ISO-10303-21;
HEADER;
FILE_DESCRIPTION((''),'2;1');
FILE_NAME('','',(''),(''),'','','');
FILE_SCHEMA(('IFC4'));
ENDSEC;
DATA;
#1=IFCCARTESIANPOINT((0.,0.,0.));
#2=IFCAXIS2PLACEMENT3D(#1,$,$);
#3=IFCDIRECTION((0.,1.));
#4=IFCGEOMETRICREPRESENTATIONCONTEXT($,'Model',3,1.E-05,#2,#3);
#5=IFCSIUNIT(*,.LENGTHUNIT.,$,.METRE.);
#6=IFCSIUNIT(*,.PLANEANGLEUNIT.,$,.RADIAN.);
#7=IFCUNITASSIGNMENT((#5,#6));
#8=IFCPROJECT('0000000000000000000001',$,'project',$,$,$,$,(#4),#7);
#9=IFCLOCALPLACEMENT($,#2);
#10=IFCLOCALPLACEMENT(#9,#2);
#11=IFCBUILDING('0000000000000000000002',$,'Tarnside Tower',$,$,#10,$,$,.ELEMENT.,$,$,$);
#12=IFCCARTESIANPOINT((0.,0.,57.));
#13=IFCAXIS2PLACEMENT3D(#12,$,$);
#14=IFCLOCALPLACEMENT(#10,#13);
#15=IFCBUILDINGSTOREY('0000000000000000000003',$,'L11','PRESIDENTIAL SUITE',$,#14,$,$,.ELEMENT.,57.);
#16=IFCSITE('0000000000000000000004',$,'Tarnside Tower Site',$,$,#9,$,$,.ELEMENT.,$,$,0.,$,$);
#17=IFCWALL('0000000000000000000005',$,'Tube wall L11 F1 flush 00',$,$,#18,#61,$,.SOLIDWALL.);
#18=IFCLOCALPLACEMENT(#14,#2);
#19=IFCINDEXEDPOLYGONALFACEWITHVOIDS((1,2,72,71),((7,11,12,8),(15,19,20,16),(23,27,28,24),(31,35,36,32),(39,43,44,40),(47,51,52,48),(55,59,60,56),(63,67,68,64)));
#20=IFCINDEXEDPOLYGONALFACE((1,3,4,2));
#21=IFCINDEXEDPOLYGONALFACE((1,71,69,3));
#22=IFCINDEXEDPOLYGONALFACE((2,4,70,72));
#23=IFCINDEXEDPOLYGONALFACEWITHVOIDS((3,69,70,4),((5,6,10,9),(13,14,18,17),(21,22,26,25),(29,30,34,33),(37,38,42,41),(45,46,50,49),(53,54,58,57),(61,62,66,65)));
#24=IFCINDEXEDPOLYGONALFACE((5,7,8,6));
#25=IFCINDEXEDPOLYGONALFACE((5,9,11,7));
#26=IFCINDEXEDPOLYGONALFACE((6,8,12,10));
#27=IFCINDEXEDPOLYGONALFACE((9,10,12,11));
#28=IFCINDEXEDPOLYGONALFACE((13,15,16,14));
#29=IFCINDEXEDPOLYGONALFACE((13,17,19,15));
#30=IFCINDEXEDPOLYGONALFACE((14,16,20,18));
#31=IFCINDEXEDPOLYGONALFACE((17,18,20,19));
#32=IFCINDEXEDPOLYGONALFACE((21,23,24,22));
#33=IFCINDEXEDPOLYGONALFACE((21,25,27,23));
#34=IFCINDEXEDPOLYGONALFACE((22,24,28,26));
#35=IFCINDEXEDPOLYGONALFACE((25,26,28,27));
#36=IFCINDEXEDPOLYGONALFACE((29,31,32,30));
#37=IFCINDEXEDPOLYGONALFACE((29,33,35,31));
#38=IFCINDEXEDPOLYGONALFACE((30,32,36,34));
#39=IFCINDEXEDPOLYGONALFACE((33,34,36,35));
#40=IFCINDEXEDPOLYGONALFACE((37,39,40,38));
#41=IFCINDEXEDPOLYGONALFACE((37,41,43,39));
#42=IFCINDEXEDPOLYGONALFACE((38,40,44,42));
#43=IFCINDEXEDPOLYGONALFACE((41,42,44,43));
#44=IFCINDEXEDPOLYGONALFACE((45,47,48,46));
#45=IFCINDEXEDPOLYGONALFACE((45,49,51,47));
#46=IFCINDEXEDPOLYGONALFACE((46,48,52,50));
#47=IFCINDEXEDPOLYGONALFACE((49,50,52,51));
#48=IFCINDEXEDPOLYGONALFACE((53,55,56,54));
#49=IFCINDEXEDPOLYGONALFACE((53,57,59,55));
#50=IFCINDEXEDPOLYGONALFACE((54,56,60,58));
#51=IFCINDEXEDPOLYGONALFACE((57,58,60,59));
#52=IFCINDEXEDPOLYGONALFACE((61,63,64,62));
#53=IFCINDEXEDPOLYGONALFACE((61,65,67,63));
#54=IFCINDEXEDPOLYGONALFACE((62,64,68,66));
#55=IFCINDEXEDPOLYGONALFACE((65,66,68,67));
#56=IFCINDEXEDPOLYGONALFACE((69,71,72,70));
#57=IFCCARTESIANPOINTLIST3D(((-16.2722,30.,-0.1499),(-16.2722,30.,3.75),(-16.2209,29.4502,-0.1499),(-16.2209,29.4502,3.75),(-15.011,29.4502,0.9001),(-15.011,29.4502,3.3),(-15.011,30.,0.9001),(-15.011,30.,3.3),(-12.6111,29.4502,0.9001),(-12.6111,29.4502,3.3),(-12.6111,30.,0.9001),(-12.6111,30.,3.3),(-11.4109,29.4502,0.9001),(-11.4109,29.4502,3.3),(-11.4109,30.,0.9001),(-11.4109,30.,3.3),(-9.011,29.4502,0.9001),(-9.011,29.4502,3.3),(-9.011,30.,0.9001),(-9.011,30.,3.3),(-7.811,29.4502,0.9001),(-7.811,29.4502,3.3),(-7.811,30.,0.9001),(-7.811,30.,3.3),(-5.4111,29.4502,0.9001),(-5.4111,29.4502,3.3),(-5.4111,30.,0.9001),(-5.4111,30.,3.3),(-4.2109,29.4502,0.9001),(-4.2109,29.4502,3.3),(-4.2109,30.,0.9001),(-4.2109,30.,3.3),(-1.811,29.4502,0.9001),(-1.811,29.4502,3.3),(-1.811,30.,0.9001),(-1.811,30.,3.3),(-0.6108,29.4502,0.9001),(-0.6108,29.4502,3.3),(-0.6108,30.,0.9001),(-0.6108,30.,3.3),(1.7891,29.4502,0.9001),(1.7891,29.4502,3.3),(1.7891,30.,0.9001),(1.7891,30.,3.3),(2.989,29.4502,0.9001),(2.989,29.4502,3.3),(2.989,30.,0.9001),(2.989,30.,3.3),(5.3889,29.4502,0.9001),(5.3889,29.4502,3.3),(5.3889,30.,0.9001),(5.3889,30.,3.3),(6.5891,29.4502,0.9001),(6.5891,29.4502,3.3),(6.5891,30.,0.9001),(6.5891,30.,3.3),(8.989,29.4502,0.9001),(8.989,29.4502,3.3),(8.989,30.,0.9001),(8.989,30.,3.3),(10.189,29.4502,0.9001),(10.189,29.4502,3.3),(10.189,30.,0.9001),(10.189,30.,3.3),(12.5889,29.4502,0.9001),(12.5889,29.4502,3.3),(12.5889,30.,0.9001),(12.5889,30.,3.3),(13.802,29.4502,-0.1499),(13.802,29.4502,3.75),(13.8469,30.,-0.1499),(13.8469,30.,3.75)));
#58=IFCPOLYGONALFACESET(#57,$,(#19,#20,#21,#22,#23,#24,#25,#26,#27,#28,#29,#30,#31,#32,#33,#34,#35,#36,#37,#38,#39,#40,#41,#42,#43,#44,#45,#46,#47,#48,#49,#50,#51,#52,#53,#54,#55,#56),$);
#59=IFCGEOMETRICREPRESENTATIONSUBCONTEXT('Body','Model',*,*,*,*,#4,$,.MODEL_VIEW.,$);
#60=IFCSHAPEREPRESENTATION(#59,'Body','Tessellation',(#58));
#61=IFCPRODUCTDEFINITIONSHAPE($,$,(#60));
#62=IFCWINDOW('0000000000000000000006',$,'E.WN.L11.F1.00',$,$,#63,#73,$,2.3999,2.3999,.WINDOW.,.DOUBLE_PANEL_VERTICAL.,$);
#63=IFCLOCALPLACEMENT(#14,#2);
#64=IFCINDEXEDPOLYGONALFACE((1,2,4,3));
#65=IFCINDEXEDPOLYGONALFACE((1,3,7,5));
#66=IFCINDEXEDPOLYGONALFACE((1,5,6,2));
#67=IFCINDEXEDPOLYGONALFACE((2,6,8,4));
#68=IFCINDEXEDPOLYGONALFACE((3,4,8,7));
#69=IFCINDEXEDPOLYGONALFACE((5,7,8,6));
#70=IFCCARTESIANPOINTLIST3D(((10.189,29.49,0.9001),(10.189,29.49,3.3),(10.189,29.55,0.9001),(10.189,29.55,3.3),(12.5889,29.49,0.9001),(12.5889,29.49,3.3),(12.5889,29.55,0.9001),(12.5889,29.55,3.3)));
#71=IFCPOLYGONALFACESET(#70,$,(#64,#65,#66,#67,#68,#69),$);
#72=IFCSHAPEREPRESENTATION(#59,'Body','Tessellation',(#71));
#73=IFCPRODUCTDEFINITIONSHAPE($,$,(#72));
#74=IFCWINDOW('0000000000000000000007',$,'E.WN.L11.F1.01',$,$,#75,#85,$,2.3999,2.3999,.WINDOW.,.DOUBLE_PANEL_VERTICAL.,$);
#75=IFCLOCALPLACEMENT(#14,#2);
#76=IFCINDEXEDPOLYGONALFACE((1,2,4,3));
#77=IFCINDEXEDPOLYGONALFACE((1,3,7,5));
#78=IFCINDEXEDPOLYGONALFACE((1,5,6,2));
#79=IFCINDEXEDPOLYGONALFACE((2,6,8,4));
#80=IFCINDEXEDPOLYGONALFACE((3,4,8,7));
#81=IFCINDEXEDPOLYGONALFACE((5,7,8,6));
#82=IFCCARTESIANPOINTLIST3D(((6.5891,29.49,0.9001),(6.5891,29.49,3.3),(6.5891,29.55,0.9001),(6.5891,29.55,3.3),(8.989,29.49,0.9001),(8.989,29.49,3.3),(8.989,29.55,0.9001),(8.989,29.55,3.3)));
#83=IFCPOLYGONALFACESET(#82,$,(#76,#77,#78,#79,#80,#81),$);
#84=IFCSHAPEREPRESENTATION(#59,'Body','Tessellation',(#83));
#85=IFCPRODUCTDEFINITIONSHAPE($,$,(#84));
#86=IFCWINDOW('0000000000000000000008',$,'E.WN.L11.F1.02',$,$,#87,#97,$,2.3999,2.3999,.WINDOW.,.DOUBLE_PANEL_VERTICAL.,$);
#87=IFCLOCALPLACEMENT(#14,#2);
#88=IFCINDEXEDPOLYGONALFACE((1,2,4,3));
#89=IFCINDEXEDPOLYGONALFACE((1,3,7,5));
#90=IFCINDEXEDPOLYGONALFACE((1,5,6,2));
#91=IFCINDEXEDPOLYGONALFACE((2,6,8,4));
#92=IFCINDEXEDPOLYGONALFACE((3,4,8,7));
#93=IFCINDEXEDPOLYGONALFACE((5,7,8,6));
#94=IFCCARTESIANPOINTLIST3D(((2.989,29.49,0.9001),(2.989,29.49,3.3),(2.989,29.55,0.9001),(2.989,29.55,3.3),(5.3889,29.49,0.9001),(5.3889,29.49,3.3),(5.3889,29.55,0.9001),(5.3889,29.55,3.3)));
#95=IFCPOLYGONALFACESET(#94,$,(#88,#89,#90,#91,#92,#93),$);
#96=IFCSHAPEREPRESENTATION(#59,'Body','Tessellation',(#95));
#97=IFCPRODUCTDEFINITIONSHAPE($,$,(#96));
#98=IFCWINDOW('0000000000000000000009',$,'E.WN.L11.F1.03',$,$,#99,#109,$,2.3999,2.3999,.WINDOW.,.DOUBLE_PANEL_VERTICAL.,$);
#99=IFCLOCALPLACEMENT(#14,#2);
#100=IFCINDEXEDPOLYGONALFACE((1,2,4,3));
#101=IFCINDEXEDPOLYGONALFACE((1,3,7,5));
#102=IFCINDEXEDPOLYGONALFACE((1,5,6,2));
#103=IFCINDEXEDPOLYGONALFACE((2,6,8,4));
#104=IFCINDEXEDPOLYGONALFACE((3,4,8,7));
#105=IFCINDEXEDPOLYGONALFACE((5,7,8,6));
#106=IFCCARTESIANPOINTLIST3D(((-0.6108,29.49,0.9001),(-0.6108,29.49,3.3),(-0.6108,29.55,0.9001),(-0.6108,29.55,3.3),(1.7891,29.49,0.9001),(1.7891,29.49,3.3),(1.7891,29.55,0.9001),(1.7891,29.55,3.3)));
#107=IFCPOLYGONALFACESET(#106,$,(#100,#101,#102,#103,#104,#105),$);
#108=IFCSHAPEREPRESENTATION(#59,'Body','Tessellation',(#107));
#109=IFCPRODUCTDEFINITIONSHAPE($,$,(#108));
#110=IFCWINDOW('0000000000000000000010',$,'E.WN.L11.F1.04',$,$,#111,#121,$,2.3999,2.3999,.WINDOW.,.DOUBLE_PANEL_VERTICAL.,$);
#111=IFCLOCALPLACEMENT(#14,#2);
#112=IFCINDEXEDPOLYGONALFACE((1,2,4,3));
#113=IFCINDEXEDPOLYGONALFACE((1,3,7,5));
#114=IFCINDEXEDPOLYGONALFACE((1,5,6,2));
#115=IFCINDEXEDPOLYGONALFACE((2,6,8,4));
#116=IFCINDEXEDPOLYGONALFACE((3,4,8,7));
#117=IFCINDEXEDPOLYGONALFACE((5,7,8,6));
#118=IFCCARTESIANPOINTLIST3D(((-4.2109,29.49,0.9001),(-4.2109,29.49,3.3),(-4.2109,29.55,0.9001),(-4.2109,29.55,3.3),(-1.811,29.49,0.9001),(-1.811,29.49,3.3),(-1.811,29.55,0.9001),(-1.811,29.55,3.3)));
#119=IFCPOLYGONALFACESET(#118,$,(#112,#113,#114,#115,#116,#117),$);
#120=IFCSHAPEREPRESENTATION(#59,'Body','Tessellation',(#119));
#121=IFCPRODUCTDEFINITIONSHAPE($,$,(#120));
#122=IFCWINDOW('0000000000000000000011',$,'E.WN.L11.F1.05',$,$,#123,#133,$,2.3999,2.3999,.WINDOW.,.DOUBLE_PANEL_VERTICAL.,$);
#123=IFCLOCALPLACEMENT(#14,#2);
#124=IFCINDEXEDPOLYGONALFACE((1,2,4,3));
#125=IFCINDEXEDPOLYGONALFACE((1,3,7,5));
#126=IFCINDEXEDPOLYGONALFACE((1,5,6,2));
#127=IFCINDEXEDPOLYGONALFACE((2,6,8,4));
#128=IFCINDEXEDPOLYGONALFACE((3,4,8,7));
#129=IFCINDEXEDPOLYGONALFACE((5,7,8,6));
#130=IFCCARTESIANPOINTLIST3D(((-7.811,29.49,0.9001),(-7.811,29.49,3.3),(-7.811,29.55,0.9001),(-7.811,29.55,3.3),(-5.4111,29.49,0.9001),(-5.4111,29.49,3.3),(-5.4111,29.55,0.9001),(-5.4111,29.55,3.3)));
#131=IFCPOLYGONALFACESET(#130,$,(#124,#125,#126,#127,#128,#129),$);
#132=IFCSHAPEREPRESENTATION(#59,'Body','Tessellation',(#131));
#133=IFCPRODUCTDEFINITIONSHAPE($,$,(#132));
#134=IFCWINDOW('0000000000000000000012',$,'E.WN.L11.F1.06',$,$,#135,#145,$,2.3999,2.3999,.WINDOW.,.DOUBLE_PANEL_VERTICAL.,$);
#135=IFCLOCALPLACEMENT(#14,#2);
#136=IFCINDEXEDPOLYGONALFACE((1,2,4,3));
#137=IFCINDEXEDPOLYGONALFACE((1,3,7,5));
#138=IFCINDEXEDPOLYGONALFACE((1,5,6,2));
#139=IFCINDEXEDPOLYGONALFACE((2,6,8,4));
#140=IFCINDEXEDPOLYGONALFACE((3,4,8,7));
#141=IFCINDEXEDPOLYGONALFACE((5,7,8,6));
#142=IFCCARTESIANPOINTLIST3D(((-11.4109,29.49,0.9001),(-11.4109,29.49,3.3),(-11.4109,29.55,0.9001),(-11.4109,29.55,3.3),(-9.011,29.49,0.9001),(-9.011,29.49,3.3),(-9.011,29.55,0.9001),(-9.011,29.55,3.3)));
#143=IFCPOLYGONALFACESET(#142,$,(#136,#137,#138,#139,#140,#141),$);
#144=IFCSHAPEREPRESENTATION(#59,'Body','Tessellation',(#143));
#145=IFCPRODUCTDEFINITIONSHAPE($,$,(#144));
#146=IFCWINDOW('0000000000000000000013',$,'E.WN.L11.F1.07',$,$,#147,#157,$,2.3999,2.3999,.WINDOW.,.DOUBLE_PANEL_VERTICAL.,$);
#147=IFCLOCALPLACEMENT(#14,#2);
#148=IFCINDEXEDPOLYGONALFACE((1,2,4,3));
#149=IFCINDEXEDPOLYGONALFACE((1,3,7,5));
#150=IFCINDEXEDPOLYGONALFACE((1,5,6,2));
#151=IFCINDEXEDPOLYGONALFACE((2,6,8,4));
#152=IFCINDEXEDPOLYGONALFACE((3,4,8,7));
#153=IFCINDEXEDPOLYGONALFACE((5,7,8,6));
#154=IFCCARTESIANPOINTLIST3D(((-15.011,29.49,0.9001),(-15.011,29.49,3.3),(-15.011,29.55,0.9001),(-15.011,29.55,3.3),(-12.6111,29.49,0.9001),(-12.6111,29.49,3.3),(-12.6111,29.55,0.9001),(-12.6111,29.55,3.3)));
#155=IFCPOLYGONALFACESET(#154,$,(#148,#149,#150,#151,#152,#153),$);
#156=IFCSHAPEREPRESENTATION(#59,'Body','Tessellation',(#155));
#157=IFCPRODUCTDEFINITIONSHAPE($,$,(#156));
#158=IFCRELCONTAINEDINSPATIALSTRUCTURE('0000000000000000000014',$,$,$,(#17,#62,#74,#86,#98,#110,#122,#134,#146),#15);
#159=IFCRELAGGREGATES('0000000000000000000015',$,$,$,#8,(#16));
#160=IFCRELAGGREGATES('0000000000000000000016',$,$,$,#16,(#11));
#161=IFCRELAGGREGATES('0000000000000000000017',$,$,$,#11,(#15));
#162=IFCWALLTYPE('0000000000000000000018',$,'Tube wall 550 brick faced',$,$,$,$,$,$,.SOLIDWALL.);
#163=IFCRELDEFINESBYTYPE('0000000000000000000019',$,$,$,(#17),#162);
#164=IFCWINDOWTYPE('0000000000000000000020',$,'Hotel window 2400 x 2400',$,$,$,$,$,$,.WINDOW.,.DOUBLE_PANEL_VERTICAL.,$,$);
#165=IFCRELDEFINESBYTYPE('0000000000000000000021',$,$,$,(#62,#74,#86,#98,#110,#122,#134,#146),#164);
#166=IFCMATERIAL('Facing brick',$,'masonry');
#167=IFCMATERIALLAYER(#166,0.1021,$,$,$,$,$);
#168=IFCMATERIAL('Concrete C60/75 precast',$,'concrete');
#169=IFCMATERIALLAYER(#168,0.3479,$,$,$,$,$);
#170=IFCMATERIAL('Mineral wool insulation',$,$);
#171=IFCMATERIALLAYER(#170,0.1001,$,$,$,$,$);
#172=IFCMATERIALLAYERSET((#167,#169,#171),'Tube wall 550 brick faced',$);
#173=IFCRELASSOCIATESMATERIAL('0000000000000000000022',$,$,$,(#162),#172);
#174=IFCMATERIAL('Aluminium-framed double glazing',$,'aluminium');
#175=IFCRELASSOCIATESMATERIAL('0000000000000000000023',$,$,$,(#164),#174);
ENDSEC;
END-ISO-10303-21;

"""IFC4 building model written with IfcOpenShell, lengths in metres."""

from ifc_helpers import new_model, si_unit, direction, frame, frame_2d, origin, place, context, subcontext, project, spatial, polyline, rectangle, outline, extrude, material, layer, layer_set, type_object, element, fill, save


model = new_model("IFC4")

# Units and contexts
model_context = context("Model", 3, precision=1e-05, world=origin(), true_north=direction((0.0, 1.0)))
body_context = subcontext(model_context, "Body", "Model", "MODEL_VIEW")
ifc_project = project(units=[si_unit("LENGTHUNIT", "METRE"), si_unit("PLANEANGLEUNIT", "RADIAN")], contexts=[model_context])

# Site, building, storey
site_placement = place(None, origin())
site = spatial("IfcSite", under=ifc_project, at=site_placement, Name="Tarnside Tower Site", CompositionType="ELEMENT", RefElevation=0.0)
building_placement = place(site_placement, origin())
building = spatial("IfcBuilding", under=site, at=building_placement, Name="Tarnside Tower", CompositionType="ELEMENT")
storey_placement = place(building_placement, frame((0.0, 0.0, 57.0)))
storey = spatial("IfcBuildingStorey", under=building, at=storey_placement, Name="L11", Description="PRESIDENTIAL SUITE", CompositionType="ELEMENT", Elevation=57.0)

# Wall, openings, windows
ifc_material_1 = material(Name="Facing brick", Category="masonry")
ifc_layer_1 = layer(ifc_material_1, 0.1021)
ifc_material_2 = material(Name="Concrete C60/75 precast", Category="concrete")
ifc_layer_2 = layer(ifc_material_2, 0.3479)
ifc_material_3 = material(Name="Mineral wool insulation")
ifc_layer_3 = layer(ifc_material_3, 0.1001)
ifc_layer_set_1 = layer_set([ifc_layer_1, ifc_layer_2, ifc_layer_3], Name="Tube wall 550 brick faced")
wall_type_1 = type_object("IfcWallType", Name="Tube wall 550 brick faced", PredefinedType="SOLIDWALL", material=ifc_layer_set_1)
wall_1_placement = place(storey_placement, frame((13.8245, 29.7251, -0.1499), z_axis=(0.0, 0.0, 1.0), x_axis=(-1.0, 0.0, 0.0)))
wall_1 = element("IfcWall", 1, at=wall_1_placement, inside=storey, type_object=wall_type_1, Name="Tube wall L11 F1 flush 00", PredefinedType="SOLIDWALL", context=body_context, shape_type="SweptSolid", body=[
    extrude(outline(polyline([(-0.0225, -0.2749), (30.0967, -0.2749), (30.0454, 0.2749), (0.0225, 0.2749), (-0.0225, -0.2749)])), origin(), (0.0, 0.0, 1.0), 3.8999),
])
opening_1_placement = place(wall_1_placement, frame((1.2356, 0.0, 1.05)))
opening_1 = element("IfcOpeningElement", 2, at=opening_1_placement, cuts=wall_1, PredefinedType="OPENING", context=body_context, shape_type="SweptSolid", body=[
    extrude(rectangle(XDim=2.3999, YDim=2.3999, at=frame_2d((1.2, 1.2))), frame((0.0, 0.2852, 0.0), z_axis=(0.0, -1.0, 0.0), x_axis=(1.0, 0.0, 0.0)), (0.0, 0.0, 1.0), 0.5701),
])
opening_2_placement = place(wall_1_placement, frame((4.8354, 0.0, 1.05)))
opening_2 = element("IfcOpeningElement", 3, at=opening_2_placement, cuts=wall_1, PredefinedType="OPENING", context=body_context, shape_type="SweptSolid", body=[
    extrude(rectangle(XDim=2.3999, YDim=2.3999, at=frame_2d((1.2, 1.2))), frame((0.0, 0.2852, 0.0), z_axis=(0.0, -1.0, 0.0), x_axis=(1.0, 0.0, 0.0)), (0.0, 0.0, 1.0), 0.5701),
])
opening_3_placement = place(wall_1_placement, frame((8.4355, 0.0, 1.05)))
opening_3 = element("IfcOpeningElement", 4, at=opening_3_placement, cuts=wall_1, PredefinedType="OPENING", context=body_context, shape_type="SweptSolid", body=[
    extrude(rectangle(XDim=2.3999, YDim=2.3999, at=frame_2d((1.2, 1.2))), frame((0.0, 0.2852, 0.0), z_axis=(0.0, -1.0, 0.0), x_axis=(1.0, 0.0, 0.0)), (0.0, 0.0, 1.0), 0.5701),
])
opening_4_placement = place(wall_1_placement, frame((12.0354, 0.0, 1.05)))
opening_4 = element("IfcOpeningElement", 5, at=opening_4_placement, cuts=wall_1, PredefinedType="OPENING", context=body_context, shape_type="SweptSolid", body=[
    extrude(rectangle(XDim=2.3999, YDim=2.3999, at=frame_2d((1.2, 1.2))), frame((0.0, 0.2852, 0.0), z_axis=(0.0, -1.0, 0.0), x_axis=(1.0, 0.0, 0.0)), (0.0, 0.0, 1.0), 0.5701),
])
opening_5_placement = place(wall_1_placement, frame((15.6355, 0.0, 1.05)))
opening_5 = element("IfcOpeningElement", 6, at=opening_5_placement, cuts=wall_1, PredefinedType="OPENING", context=body_context, shape_type="SweptSolid", body=[
    extrude(rectangle(XDim=2.3999, YDim=2.3999, at=frame_2d((1.2, 1.2))), frame((0.0, 0.2852, 0.0), z_axis=(0.0, -1.0, 0.0), x_axis=(1.0, 0.0, 0.0)), (0.0, 0.0, 1.0), 0.5701),
])
opening_6_placement = place(wall_1_placement, frame((19.2356, 0.0, 1.05)))
opening_6 = element("IfcOpeningElement", 7, at=opening_6_placement, cuts=wall_1, PredefinedType="OPENING", context=body_context, shape_type="SweptSolid", body=[
    extrude(rectangle(XDim=2.3999, YDim=2.3999, at=frame_2d((1.2, 1.2))), frame((0.0, 0.2852, 0.0), z_axis=(0.0, -1.0, 0.0), x_axis=(1.0, 0.0, 0.0)), (0.0, 0.0, 1.0), 0.5701),
])
opening_7_placement = place(wall_1_placement, frame((22.8354, 0.0, 1.05)))
opening_7 = element("IfcOpeningElement", 8, at=opening_7_placement, cuts=wall_1, PredefinedType="OPENING", context=body_context, shape_type="SweptSolid", body=[
    extrude(rectangle(XDim=2.3999, YDim=2.3999, at=frame_2d((1.2, 1.2))), frame((0.0, 0.2852, 0.0), z_axis=(0.0, -1.0, 0.0), x_axis=(1.0, 0.0, 0.0)), (0.0, 0.0, 1.0), 0.5701),
])
opening_8_placement = place(wall_1_placement, frame((26.4355, 0.0, 1.05)))
opening_8 = element("IfcOpeningElement", 9, at=opening_8_placement, cuts=wall_1, PredefinedType="OPENING", context=body_context, shape_type="SweptSolid", body=[
    extrude(rectangle(XDim=2.3999, YDim=2.3999, at=frame_2d((1.2, 1.2))), frame((0.0, 0.2852, 0.0), z_axis=(0.0, -1.0, 0.0), x_axis=(1.0, 0.0, 0.0)), (0.0, 0.0, 1.0), 0.5701),
])
ifc_material_4 = material(Name="Aluminium-framed double glazing", Category="aluminium")
window_type = type_object("IfcWindowType", Name="Hotel window 2400 x 2400", PartitioningType="DOUBLE_PANEL_VERTICAL", PredefinedType="WINDOW", material=ifc_material_4)
window_1_placement = place(opening_1_placement, frame((0.0, 0.2051, 0.0)))
window_1 = element("IfcWindow", 10, at=window_1_placement, inside=storey, type_object=window_type, Name="E.WN.L11.F1.00", OverallHeight=2.3999, OverallWidth=2.3999, PartitioningType="DOUBLE_PANEL_VERTICAL", PredefinedType="WINDOW", context=body_context, shape_type="SweptSolid", body=[
    extrude(rectangle(XDim=2.3999, YDim=2.3999, at=frame_2d((1.2, 1.2))), frame((0.0, 0.03, 0.0), z_axis=(0.0, -1.0, 0.0), x_axis=(1.0, 0.0, 0.0)), (0.0, 0.0, 1.0), 0.0601),
])
fill(opening_1, window_1)
window_2_placement = place(opening_2_placement, frame((0.0, 0.2051, 0.0)))
window_2 = element("IfcWindow", 11, at=window_2_placement, inside=storey, type_object=window_type, Name="E.WN.L11.F1.01", OverallHeight=2.3999, OverallWidth=2.3999, PartitioningType="DOUBLE_PANEL_VERTICAL", PredefinedType="WINDOW", context=body_context, shape_type="SweptSolid", body=[
    extrude(rectangle(XDim=2.3999, YDim=2.3999, at=frame_2d((1.2, 1.2))), frame((0.0, 0.03, 0.0), z_axis=(0.0, -1.0, 0.0), x_axis=(1.0, 0.0, 0.0)), (0.0, 0.0, 1.0), 0.0601),
])
fill(opening_2, window_2)
window_3_placement = place(opening_3_placement, frame((0.0, 0.2051, 0.0)))
window_3 = element("IfcWindow", 12, at=window_3_placement, inside=storey, type_object=window_type, Name="E.WN.L11.F1.02", OverallHeight=2.3999, OverallWidth=2.3999, PartitioningType="DOUBLE_PANEL_VERTICAL", PredefinedType="WINDOW", context=body_context, shape_type="SweptSolid", body=[
    extrude(rectangle(XDim=2.3999, YDim=2.3999, at=frame_2d((1.2, 1.2))), frame((0.0, 0.03, 0.0), z_axis=(0.0, -1.0, 0.0), x_axis=(1.0, 0.0, 0.0)), (0.0, 0.0, 1.0), 0.0601),
])
fill(opening_3, window_3)
window_4_placement = place(opening_4_placement, frame((0.0, 0.2051, 0.0)))
window_4 = element("IfcWindow", 13, at=window_4_placement, inside=storey, type_object=window_type, Name="E.WN.L11.F1.03", OverallHeight=2.3999, OverallWidth=2.3999, PartitioningType="DOUBLE_PANEL_VERTICAL", PredefinedType="WINDOW", context=body_context, shape_type="SweptSolid", body=[
    extrude(rectangle(XDim=2.3999, YDim=2.3999, at=frame_2d((1.2, 1.2))), frame((0.0, 0.03, 0.0), z_axis=(0.0, -1.0, 0.0), x_axis=(1.0, 0.0, 0.0)), (0.0, 0.0, 1.0), 0.0601),
])
fill(opening_4, window_4)
window_5_placement = place(opening_5_placement, frame((0.0, 0.2051, 0.0)))
window_5 = element("IfcWindow", 14, at=window_5_placement, inside=storey, type_object=window_type, Name="E.WN.L11.F1.04", OverallHeight=2.3999, OverallWidth=2.3999, PartitioningType="DOUBLE_PANEL_VERTICAL", PredefinedType="WINDOW", context=body_context, shape_type="SweptSolid", body=[
    extrude(rectangle(XDim=2.3999, YDim=2.3999, at=frame_2d((1.2, 1.2))), frame((0.0, 0.03, 0.0), z_axis=(0.0, -1.0, 0.0), x_axis=(1.0, 0.0, 0.0)), (0.0, 0.0, 1.0), 0.0601),
])
fill(opening_5, window_5)
window_6_placement = place(opening_6_placement, frame((0.0, 0.2051, 0.0)))
window_6 = element("IfcWindow", 15, at=window_6_placement, inside=storey, type_object=window_type, Name="E.WN.L11.F1.05", OverallHeight=2.3999, OverallWidth=2.3999, PartitioningType="DOUBLE_PANEL_VERTICAL", PredefinedType="WINDOW", context=body_context, shape_type="SweptSolid", body=[
    extrude(rectangle(XDim=2.3999, YDim=2.3999, at=frame_2d((1.2, 1.2))), frame((0.0, 0.03, 0.0), z_axis=(0.0, -1.0, 0.0), x_axis=(1.0, 0.0, 0.0)), (0.0, 0.0, 1.0), 0.0601),
])
fill(opening_6, window_6)
window_7_placement = place(opening_7_placement, frame((0.0, 0.2051, 0.0)))
window_7 = element("IfcWindow", 16, at=window_7_placement, inside=storey, type_object=window_type, Name="E.WN.L11.F1.06", OverallHeight=2.3999, OverallWidth=2.3999, PartitioningType="DOUBLE_PANEL_VERTICAL", PredefinedType="WINDOW", context=body_context, shape_type="SweptSolid", body=[
    extrude(rectangle(XDim=2.3999, YDim=2.3999, at=frame_2d((1.2, 1.2))), frame((0.0, 0.03, 0.0), z_axis=(0.0, -1.0, 0.0), x_axis=(1.0, 0.0, 0.0)), (0.0, 0.0, 1.0), 0.0601),
])
fill(opening_7, window_7)
window_8_placement = place(opening_8_placement, frame((0.0, 0.2051, 0.0)))
window_8 = element("IfcWindow", 17, at=window_8_placement, inside=storey, type_object=window_type, Name="E.WN.L11.F1.07", OverallHeight=2.3999, OverallWidth=2.3999, PartitioningType="DOUBLE_PANEL_VERTICAL", PredefinedType="WINDOW", context=body_context, shape_type="SweptSolid", body=[
    extrude(rectangle(XDim=2.3999, YDim=2.3999, at=frame_2d((1.2, 1.2))), frame((0.0, 0.03, 0.0), z_axis=(0.0, -1.0, 0.0), x_axis=(1.0, 0.0, 0.0)), (0.0, 0.0, 1.0), 0.0601),
])
fill(opening_8, window_8)

save(model, "model.ifc")
